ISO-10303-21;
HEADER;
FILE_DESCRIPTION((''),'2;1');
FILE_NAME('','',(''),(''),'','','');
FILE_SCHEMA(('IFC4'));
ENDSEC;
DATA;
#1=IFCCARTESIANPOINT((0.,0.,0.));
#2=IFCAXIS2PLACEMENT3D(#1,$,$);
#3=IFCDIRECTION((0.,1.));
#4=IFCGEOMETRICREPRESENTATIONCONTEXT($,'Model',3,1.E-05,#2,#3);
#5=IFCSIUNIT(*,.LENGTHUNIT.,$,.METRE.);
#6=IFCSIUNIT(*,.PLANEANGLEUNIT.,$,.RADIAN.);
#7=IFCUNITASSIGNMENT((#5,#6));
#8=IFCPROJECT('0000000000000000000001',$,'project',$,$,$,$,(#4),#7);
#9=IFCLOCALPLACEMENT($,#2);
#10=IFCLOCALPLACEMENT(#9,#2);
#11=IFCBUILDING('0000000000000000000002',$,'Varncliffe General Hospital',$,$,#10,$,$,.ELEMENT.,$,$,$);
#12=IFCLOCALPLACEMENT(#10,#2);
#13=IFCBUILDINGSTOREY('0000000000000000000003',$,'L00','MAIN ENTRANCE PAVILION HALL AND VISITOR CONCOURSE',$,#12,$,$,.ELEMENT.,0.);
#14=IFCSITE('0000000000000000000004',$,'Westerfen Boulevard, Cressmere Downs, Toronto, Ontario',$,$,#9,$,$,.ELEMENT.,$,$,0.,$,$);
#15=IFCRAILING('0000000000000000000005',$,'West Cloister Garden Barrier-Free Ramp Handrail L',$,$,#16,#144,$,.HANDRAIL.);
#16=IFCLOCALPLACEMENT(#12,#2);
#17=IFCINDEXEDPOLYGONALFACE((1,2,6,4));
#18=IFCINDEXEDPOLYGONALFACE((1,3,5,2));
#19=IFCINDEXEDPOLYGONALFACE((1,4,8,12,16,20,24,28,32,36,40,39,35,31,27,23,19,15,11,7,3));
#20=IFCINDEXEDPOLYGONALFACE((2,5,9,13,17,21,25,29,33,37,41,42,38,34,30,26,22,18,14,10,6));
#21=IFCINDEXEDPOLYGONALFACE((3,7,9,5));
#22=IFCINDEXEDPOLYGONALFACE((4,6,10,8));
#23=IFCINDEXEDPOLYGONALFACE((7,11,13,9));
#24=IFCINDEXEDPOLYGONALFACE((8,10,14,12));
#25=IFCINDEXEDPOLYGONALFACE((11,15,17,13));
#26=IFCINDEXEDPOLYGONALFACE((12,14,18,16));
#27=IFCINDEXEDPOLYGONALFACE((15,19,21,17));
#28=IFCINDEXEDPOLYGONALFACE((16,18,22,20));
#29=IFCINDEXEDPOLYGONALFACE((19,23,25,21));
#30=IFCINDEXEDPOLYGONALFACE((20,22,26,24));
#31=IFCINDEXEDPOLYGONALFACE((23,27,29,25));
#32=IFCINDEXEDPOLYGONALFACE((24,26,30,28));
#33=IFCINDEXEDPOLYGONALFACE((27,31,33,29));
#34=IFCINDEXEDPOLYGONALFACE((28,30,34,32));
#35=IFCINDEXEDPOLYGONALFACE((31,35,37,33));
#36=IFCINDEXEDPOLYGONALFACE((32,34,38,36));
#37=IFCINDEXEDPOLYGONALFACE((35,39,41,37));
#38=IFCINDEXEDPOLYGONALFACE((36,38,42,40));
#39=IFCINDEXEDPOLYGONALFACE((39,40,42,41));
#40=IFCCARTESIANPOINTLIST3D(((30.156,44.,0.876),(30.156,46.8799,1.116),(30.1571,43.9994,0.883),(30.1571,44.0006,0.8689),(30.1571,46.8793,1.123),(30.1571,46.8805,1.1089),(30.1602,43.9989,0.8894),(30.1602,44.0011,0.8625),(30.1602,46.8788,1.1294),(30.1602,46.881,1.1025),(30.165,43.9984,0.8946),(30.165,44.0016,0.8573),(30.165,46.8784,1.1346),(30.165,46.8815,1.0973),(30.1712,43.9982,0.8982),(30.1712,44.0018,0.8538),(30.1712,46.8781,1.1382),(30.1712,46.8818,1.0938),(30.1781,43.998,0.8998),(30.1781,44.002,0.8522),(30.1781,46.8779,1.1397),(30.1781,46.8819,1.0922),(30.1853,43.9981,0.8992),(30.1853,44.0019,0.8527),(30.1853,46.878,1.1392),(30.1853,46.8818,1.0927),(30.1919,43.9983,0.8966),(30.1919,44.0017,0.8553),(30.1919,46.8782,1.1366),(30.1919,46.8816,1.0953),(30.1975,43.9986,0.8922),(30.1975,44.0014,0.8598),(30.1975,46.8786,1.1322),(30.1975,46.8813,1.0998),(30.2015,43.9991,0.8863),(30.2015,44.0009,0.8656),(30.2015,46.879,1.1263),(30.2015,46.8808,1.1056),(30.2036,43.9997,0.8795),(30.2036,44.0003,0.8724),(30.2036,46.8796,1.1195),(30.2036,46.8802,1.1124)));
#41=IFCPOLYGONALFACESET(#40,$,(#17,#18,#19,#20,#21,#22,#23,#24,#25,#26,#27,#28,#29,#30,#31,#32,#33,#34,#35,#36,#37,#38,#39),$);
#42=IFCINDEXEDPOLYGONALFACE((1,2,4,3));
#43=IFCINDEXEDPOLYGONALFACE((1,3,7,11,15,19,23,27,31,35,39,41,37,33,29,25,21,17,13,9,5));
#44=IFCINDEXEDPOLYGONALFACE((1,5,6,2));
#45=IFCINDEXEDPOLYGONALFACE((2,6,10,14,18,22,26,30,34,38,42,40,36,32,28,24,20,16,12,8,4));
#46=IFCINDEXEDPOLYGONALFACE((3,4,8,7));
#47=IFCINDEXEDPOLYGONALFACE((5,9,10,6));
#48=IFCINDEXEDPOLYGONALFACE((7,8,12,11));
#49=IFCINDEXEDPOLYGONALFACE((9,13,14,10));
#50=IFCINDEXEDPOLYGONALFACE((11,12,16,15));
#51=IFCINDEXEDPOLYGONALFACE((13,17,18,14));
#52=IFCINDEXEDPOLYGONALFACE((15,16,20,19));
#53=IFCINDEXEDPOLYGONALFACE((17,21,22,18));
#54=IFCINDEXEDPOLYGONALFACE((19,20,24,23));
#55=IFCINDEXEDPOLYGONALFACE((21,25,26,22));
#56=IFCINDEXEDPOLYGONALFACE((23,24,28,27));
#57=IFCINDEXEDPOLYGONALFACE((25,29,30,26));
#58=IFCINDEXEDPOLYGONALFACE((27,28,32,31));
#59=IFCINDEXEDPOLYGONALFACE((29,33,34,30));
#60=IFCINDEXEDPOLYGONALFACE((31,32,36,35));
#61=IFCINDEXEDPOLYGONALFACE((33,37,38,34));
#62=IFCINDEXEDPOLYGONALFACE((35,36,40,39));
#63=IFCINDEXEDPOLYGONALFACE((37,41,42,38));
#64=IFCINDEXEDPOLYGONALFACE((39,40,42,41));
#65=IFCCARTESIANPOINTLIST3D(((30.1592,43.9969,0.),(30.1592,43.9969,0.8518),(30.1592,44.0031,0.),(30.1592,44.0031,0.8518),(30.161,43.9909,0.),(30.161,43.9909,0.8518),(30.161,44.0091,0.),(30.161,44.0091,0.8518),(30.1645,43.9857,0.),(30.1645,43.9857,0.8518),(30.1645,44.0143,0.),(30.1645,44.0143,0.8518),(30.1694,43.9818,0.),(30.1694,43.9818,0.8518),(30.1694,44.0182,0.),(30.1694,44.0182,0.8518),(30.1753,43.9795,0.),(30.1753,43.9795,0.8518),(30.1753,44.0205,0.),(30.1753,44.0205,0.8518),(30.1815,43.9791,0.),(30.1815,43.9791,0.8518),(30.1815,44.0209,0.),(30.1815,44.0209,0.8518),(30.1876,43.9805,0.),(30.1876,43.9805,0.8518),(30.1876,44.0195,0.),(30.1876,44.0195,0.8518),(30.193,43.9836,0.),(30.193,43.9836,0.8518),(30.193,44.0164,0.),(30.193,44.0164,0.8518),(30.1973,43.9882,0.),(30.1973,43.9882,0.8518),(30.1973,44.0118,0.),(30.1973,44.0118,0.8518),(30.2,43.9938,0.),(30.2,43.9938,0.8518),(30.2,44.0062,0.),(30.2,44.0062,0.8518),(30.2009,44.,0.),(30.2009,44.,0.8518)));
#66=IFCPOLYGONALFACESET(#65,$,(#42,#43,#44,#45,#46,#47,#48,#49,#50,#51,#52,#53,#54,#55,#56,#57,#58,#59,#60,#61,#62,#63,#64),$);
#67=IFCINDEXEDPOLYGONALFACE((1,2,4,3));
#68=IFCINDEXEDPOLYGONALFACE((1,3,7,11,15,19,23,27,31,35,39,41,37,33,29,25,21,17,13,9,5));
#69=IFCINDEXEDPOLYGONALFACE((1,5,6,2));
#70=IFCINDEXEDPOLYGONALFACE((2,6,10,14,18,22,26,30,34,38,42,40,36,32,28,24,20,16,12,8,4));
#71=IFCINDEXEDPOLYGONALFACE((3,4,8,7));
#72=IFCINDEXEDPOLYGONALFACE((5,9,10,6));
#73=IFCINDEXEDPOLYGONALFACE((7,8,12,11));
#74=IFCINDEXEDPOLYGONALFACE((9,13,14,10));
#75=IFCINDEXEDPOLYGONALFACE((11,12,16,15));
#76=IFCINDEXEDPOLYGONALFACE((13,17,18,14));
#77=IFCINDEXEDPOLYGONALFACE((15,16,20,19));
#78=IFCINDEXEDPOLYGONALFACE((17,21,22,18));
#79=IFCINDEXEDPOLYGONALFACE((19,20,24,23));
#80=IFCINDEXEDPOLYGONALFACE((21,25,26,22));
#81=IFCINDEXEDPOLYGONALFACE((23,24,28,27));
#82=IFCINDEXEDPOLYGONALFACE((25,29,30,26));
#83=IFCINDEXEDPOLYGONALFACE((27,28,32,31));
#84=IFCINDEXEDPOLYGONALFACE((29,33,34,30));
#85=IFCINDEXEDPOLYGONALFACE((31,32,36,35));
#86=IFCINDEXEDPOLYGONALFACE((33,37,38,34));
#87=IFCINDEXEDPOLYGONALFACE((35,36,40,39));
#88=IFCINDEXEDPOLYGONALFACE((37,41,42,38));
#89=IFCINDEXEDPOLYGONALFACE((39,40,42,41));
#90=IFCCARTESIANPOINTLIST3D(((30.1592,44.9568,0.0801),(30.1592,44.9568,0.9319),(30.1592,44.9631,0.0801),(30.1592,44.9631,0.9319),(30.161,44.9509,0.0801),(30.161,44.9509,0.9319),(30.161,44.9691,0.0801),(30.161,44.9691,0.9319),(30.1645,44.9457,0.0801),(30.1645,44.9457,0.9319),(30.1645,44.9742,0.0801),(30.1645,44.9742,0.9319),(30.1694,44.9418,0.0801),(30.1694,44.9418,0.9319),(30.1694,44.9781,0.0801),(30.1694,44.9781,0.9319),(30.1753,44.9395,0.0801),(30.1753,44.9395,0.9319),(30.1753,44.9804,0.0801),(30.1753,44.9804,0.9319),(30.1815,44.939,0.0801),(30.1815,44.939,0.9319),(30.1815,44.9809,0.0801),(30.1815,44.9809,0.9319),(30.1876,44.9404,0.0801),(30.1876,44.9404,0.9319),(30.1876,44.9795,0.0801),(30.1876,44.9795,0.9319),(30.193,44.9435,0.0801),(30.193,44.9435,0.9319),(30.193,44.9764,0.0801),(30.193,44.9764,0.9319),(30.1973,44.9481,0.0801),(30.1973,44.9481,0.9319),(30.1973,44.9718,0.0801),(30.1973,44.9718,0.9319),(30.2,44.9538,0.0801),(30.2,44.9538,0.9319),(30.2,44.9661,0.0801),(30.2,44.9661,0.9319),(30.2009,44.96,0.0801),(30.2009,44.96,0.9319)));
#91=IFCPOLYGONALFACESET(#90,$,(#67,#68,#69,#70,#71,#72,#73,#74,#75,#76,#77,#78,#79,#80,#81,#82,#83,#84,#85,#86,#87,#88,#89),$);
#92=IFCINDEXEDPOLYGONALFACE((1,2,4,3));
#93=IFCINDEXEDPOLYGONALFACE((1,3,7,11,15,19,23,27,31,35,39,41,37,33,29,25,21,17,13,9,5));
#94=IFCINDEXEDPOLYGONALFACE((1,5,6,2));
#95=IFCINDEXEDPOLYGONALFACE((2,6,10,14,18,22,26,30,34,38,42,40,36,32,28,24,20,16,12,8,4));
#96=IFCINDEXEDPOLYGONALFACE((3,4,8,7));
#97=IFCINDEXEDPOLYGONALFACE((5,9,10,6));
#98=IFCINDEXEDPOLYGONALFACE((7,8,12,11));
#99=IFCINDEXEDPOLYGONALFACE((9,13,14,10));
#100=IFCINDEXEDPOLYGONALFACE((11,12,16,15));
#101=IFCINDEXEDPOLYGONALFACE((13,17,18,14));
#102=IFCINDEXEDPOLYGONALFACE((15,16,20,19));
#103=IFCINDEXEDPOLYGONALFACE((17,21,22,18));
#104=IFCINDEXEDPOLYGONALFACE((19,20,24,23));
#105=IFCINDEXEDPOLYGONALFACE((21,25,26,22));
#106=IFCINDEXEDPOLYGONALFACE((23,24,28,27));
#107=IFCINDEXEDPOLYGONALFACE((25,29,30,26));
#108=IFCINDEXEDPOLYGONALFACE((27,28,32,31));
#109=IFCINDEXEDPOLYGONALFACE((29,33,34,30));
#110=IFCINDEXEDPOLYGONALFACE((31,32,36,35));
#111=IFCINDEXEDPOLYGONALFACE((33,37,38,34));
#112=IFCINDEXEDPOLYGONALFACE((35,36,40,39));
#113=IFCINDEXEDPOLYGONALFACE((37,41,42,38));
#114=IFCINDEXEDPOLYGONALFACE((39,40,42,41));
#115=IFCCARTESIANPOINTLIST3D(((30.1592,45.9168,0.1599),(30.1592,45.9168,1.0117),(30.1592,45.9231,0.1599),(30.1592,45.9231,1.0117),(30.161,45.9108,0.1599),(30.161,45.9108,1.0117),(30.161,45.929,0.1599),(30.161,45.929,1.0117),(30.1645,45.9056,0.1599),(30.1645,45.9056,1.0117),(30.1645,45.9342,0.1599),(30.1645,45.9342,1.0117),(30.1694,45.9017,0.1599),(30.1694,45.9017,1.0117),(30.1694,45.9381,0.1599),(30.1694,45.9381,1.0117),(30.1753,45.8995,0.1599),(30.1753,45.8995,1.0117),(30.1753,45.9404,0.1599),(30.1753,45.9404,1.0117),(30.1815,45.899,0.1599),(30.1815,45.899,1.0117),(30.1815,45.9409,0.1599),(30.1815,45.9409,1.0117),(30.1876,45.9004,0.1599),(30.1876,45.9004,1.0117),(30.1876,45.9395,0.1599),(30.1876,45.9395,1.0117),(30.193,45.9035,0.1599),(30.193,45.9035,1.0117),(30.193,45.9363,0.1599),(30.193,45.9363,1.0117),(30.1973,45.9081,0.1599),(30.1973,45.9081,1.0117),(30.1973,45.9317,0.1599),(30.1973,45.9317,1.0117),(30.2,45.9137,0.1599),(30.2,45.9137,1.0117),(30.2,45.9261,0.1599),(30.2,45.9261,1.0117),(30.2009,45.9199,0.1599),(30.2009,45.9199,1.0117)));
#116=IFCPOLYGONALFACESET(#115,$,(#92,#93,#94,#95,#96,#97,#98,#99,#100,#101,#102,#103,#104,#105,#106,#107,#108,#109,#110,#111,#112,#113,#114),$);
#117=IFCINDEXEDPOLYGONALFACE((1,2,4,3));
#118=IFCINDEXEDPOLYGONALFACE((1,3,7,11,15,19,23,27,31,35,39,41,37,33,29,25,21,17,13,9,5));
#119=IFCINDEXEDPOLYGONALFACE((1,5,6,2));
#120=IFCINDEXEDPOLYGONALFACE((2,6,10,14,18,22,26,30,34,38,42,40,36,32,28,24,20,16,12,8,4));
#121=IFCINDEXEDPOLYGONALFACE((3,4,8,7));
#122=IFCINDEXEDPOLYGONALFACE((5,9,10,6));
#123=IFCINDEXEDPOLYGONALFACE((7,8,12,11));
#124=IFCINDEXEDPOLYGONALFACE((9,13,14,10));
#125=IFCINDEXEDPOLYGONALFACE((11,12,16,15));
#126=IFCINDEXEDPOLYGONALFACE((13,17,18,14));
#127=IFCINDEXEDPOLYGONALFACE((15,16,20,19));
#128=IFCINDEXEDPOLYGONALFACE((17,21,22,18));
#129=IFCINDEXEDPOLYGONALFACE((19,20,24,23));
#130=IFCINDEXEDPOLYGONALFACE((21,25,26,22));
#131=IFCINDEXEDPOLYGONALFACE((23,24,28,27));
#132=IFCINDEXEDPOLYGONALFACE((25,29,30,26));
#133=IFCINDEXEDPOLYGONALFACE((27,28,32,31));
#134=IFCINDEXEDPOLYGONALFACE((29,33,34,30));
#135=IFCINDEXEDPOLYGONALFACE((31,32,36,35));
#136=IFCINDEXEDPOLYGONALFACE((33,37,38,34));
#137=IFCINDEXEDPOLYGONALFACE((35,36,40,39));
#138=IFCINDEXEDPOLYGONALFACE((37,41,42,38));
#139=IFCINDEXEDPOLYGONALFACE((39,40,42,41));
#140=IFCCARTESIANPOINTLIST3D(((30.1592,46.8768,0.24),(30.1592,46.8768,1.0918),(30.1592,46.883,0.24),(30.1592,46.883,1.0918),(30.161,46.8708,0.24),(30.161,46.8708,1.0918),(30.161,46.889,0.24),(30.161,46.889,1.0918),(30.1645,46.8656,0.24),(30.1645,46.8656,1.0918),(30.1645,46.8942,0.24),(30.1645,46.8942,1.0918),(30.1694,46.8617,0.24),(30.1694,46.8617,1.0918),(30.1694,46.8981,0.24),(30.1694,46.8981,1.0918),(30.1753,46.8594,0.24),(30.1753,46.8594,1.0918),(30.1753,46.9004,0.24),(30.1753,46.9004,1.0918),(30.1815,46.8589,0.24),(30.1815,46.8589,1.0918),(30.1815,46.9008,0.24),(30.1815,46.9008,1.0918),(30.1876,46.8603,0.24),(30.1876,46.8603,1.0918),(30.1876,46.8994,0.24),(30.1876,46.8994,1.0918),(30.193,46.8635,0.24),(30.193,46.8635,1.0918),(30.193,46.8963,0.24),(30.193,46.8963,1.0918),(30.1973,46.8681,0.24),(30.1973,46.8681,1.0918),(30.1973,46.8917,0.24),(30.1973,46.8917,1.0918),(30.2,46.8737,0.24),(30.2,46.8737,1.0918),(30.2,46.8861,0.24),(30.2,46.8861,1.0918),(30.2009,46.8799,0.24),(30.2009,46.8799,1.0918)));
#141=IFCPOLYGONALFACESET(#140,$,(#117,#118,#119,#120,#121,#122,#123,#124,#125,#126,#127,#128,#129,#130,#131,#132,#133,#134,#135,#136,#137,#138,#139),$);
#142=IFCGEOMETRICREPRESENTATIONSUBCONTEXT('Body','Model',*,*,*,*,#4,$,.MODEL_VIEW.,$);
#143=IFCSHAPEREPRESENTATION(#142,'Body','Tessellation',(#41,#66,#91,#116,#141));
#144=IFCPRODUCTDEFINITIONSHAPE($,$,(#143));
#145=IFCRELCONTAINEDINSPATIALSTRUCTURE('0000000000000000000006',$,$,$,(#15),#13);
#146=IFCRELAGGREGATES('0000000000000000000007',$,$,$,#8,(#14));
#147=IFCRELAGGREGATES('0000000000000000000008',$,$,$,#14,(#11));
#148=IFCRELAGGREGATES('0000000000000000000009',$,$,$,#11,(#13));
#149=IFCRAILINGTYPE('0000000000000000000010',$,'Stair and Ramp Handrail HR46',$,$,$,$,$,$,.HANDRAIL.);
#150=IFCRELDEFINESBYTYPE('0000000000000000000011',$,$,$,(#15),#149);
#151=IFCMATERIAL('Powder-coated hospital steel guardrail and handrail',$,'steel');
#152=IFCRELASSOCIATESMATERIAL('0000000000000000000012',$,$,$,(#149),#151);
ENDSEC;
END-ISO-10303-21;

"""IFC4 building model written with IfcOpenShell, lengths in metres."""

from ifc_helpers import new_model, si_unit, direction, frame, origin, origin_2d, place, context, subcontext, project, spatial, circle, extrude, material, type_object, element, save


model = new_model("IFC4")

# Units and contexts
model_context = context("Model", 3, precision=1e-05, world=origin(), true_north=direction((0.0, 1.0)))
body_context = subcontext(model_context, "Body", "Model", "MODEL_VIEW")
ifc_project = project(units=[si_unit("LENGTHUNIT", "METRE"), si_unit("PLANEANGLEUNIT", "RADIAN")], contexts=[model_context])

# Site, building, storey
site_placement = place(None, origin())
site = spatial("IfcSite", under=ifc_project, at=site_placement, Name="Westerfen Boulevard, Cressmere Downs, Toronto, Ontario", CompositionType="ELEMENT", RefElevation=0.0)
building_placement = place(site_placement, origin())
building = spatial("IfcBuilding", under=site, at=building_placement, Name="Varncliffe General Hospital", CompositionType="ELEMENT")
storey_placement = place(building_placement, origin())
storey = spatial("IfcBuildingStorey", under=building, at=storey_placement, Name="L00", Description="MAIN ENTRANCE PAVILION HALL AND VISITOR CONCOURSE", CompositionType="ELEMENT", Elevation=0.0)

# Railing
ifc_material_1 = material(Name="Powder-coated hospital steel guardrail and handrail", Category="steel")
railing_type = type_object("IfcRailingType", Name="Stair and Ramp Handrail HR46", PredefinedType="HANDRAIL", material=ifc_material_1)
for number, where, name in (
    (1, (30.1799, 44.0, 0.0), "West Cloister Garden Barrier-Free Ramp Handrail L"),
):
    element("IfcRailing", number, at=place(storey_placement, frame(where)), inside=storey, type_object=railing_type, Name=name, PredefinedType="HANDRAIL", context=body_context, shape_type="SweptSolid", body=[
        extrude(circle(Radius=0.0239, at=origin_2d()), frame((0.0, 0.0, 0.876), z_axis=(0.0, 0.996546, 0.083045), x_axis=(-1.0, 0.0, 0.0)), (0.0, 0.0, 1.0), 2.8899),
        extrude(circle(Radius=0.021, at=origin_2d()), origin(), (0.0, 0.0, 1.0), 0.8518),
        extrude(circle(Radius=0.021, at=origin_2d()), frame((0.0, 0.96, 0.0801)), (0.0, 0.0, 1.0), 0.8518),
        extrude(circle(Radius=0.021, at=origin_2d()), frame((0.0, 1.9199, 0.1599)), (0.0, 0.0, 1.0), 0.8518),
        extrude(circle(Radius=0.021, at=origin_2d()), frame((0.0, 2.8799, 0.24)), (0.0, 0.0, 1.0), 0.8518),
    ])

save(model, "model.ifc")
